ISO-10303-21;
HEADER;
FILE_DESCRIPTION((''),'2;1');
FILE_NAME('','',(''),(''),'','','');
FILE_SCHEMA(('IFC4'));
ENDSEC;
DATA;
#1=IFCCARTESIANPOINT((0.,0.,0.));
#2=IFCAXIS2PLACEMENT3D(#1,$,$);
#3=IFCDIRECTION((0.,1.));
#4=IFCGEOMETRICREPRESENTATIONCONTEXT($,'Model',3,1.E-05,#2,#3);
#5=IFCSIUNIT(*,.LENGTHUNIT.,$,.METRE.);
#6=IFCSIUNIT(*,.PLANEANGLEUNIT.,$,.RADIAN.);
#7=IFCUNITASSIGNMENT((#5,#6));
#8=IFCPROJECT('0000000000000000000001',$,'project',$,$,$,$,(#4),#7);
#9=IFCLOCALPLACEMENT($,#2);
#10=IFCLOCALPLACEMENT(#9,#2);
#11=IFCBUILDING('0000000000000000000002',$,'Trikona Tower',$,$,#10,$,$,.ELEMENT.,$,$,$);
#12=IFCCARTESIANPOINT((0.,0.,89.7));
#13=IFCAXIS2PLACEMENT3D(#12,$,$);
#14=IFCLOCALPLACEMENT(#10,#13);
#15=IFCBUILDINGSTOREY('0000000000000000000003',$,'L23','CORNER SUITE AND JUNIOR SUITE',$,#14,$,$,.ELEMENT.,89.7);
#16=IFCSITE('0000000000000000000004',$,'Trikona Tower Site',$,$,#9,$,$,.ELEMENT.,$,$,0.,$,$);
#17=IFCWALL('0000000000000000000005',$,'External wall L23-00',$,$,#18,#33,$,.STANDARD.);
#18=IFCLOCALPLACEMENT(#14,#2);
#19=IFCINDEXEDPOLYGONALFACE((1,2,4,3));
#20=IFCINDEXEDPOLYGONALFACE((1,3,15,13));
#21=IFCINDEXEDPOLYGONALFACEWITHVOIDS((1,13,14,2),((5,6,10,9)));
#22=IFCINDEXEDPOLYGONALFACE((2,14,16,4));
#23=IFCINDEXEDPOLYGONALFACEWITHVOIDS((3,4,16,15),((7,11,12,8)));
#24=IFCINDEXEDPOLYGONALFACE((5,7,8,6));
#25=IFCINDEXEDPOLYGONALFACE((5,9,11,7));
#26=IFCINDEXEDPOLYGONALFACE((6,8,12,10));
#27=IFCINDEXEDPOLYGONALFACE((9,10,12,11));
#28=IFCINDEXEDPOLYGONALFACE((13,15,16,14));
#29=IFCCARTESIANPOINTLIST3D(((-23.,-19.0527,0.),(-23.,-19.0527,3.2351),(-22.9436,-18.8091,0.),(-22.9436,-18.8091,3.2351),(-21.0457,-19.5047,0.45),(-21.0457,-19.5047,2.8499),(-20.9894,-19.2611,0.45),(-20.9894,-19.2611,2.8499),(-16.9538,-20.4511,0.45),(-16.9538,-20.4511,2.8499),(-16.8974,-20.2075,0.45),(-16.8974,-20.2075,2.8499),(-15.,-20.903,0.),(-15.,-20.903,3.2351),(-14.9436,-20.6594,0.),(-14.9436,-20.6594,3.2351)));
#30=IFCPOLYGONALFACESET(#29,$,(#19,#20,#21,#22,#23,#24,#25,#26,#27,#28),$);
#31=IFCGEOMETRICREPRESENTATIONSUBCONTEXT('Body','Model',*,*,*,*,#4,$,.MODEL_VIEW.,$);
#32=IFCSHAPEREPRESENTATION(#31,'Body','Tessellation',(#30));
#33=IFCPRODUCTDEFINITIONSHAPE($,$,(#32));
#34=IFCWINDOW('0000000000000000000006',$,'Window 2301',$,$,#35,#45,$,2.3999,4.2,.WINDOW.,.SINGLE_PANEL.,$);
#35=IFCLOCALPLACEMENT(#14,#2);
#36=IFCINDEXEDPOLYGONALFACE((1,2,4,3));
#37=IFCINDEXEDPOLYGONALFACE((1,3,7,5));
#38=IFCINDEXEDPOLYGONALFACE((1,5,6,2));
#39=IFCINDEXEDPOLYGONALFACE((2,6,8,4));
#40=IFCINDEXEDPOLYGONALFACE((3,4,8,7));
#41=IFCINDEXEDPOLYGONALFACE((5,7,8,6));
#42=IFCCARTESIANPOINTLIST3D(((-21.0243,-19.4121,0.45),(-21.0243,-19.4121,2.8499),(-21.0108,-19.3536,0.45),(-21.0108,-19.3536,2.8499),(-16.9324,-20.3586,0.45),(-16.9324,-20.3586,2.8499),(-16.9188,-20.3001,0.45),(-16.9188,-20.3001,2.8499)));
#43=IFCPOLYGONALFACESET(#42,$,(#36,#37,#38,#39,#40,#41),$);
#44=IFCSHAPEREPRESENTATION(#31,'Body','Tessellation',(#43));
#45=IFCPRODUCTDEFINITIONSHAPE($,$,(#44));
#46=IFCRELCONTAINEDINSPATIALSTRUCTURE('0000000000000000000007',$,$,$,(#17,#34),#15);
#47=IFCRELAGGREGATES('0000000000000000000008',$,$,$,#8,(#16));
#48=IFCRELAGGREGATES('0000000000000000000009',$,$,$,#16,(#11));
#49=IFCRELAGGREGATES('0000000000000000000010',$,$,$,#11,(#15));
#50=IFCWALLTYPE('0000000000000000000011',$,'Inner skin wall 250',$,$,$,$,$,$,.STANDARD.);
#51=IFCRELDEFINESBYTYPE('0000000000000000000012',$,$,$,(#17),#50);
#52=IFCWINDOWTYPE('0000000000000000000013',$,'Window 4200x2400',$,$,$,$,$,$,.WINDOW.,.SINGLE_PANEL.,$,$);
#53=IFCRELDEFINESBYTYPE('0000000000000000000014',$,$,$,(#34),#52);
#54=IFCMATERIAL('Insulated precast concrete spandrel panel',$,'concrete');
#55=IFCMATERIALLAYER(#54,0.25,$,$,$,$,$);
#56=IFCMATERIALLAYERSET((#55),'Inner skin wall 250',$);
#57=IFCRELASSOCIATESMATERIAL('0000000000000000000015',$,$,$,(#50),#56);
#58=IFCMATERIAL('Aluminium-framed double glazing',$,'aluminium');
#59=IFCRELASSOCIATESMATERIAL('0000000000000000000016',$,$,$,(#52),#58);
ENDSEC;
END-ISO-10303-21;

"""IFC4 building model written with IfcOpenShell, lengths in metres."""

from ifc_helpers import new_model, si_unit, direction, frame, frame_2d, origin, place, context, subcontext, project, spatial, rectangle, extrude, material, layer, layer_set, type_object, element, fill, save


model = new_model("IFC4")

# Units and contexts
model_context = context("Model", 3, precision=1e-05, world=origin(), true_north=direction((0.0, 1.0)))
body_context = subcontext(model_context, "Body", "Model", "MODEL_VIEW")
ifc_project = project(units=[si_unit("LENGTHUNIT", "METRE"), si_unit("PLANEANGLEUNIT", "RADIAN")], contexts=[model_context])

# Site, building, storey
site_placement = place(None, origin())
site = spatial("IfcSite", under=ifc_project, at=site_placement, Name="Trikona Tower Site", CompositionType="ELEMENT", RefElevation=0.0)
building_placement = place(site_placement, origin())
building = spatial("IfcBuilding", under=site, at=building_placement, Name="Trikona Tower", CompositionType="ELEMENT")
storey_placement = place(building_placement, frame((0.0, 0.0, 89.7)))
storey = spatial("IfcBuildingStorey", under=building, at=storey_placement, Name="L23", Description="CORNER SUITE AND JUNIOR SUITE", CompositionType="ELEMENT", Elevation=89.7)

# Wall, opening, window
ifc_material_1 = material(Name="Insulated precast concrete spandrel panel", Category="concrete")
ifc_layer_1 = layer(ifc_material_1, 0.25)
ifc_layer_set_1 = layer_set([ifc_layer_1], Name="Inner skin wall 250")
wall_type_1 = type_object("IfcWallType", Name="Inner skin wall 250", PredefinedType="STANDARD", material=ifc_layer_set_1)
wall_1_placement = place(storey_placement, frame((-22.9717, -18.9309, 0.0), z_axis=(0.0, 0.0, 1.0), x_axis=(0.974279, -0.225344, 0.0)))
wall_1 = element("IfcWall", 1, at=wall_1_placement, inside=storey, type_object=wall_type_1, Name="External wall L23-00", PredefinedType="STANDARD", context=body_context, shape_type="SweptSolid", body=[
    extrude(rectangle(XDim=8.2112, YDim=0.25, at=frame_2d((4.1055, 0.0))), origin(), (0.0, 0.0, 1.0), 3.2351),
])
opening_1_placement = place(wall_1_placement, frame((2.0056, 0.0, 0.45)))
opening_1 = element("IfcOpeningElement", 2, at=opening_1_placement, cuts=wall_1, PredefinedType="OPENING", context=body_context, shape_type="SweptSolid", body=[
    extrude(rectangle(XDim=4.2, YDim=2.3999, at=frame_2d((2.1001, 1.2))), frame((0.0, 0.135, 0.0), z_axis=(0.0, -1.0, 0.0), x_axis=(1.0, 0.0, 0.0)), (0.0, 0.0, 1.0), 0.27),
])
ifc_material_2 = material(Name="Aluminium-framed double glazing", Category="aluminium")
window_type_1 = type_object("IfcWindowType", Name="Window 4200x2400", PartitioningType="SINGLE_PANEL", PredefinedType="WINDOW", material=ifc_material_2)
window_1_placement = place(opening_1_placement, origin())
window_1 = element("IfcWindow", 3, at=window_1_placement, inside=storey, type_object=window_type_1, Name="Window 2301", OverallHeight=2.3999, OverallWidth=4.2, PartitioningType="SINGLE_PANEL", PredefinedType="WINDOW", context=body_context, shape_type="SweptSolid", body=[
    extrude(rectangle(XDim=4.2, YDim=2.3999, at=frame_2d((2.1001, 1.2))), frame((0.0, 0.03, 0.0), z_axis=(0.0, -1.0, 0.0), x_axis=(1.0, 0.0, 0.0)), (0.0, 0.0, 1.0), 0.0601),
])
fill(opening_1, window_1)

save(model, "model.ifc")
